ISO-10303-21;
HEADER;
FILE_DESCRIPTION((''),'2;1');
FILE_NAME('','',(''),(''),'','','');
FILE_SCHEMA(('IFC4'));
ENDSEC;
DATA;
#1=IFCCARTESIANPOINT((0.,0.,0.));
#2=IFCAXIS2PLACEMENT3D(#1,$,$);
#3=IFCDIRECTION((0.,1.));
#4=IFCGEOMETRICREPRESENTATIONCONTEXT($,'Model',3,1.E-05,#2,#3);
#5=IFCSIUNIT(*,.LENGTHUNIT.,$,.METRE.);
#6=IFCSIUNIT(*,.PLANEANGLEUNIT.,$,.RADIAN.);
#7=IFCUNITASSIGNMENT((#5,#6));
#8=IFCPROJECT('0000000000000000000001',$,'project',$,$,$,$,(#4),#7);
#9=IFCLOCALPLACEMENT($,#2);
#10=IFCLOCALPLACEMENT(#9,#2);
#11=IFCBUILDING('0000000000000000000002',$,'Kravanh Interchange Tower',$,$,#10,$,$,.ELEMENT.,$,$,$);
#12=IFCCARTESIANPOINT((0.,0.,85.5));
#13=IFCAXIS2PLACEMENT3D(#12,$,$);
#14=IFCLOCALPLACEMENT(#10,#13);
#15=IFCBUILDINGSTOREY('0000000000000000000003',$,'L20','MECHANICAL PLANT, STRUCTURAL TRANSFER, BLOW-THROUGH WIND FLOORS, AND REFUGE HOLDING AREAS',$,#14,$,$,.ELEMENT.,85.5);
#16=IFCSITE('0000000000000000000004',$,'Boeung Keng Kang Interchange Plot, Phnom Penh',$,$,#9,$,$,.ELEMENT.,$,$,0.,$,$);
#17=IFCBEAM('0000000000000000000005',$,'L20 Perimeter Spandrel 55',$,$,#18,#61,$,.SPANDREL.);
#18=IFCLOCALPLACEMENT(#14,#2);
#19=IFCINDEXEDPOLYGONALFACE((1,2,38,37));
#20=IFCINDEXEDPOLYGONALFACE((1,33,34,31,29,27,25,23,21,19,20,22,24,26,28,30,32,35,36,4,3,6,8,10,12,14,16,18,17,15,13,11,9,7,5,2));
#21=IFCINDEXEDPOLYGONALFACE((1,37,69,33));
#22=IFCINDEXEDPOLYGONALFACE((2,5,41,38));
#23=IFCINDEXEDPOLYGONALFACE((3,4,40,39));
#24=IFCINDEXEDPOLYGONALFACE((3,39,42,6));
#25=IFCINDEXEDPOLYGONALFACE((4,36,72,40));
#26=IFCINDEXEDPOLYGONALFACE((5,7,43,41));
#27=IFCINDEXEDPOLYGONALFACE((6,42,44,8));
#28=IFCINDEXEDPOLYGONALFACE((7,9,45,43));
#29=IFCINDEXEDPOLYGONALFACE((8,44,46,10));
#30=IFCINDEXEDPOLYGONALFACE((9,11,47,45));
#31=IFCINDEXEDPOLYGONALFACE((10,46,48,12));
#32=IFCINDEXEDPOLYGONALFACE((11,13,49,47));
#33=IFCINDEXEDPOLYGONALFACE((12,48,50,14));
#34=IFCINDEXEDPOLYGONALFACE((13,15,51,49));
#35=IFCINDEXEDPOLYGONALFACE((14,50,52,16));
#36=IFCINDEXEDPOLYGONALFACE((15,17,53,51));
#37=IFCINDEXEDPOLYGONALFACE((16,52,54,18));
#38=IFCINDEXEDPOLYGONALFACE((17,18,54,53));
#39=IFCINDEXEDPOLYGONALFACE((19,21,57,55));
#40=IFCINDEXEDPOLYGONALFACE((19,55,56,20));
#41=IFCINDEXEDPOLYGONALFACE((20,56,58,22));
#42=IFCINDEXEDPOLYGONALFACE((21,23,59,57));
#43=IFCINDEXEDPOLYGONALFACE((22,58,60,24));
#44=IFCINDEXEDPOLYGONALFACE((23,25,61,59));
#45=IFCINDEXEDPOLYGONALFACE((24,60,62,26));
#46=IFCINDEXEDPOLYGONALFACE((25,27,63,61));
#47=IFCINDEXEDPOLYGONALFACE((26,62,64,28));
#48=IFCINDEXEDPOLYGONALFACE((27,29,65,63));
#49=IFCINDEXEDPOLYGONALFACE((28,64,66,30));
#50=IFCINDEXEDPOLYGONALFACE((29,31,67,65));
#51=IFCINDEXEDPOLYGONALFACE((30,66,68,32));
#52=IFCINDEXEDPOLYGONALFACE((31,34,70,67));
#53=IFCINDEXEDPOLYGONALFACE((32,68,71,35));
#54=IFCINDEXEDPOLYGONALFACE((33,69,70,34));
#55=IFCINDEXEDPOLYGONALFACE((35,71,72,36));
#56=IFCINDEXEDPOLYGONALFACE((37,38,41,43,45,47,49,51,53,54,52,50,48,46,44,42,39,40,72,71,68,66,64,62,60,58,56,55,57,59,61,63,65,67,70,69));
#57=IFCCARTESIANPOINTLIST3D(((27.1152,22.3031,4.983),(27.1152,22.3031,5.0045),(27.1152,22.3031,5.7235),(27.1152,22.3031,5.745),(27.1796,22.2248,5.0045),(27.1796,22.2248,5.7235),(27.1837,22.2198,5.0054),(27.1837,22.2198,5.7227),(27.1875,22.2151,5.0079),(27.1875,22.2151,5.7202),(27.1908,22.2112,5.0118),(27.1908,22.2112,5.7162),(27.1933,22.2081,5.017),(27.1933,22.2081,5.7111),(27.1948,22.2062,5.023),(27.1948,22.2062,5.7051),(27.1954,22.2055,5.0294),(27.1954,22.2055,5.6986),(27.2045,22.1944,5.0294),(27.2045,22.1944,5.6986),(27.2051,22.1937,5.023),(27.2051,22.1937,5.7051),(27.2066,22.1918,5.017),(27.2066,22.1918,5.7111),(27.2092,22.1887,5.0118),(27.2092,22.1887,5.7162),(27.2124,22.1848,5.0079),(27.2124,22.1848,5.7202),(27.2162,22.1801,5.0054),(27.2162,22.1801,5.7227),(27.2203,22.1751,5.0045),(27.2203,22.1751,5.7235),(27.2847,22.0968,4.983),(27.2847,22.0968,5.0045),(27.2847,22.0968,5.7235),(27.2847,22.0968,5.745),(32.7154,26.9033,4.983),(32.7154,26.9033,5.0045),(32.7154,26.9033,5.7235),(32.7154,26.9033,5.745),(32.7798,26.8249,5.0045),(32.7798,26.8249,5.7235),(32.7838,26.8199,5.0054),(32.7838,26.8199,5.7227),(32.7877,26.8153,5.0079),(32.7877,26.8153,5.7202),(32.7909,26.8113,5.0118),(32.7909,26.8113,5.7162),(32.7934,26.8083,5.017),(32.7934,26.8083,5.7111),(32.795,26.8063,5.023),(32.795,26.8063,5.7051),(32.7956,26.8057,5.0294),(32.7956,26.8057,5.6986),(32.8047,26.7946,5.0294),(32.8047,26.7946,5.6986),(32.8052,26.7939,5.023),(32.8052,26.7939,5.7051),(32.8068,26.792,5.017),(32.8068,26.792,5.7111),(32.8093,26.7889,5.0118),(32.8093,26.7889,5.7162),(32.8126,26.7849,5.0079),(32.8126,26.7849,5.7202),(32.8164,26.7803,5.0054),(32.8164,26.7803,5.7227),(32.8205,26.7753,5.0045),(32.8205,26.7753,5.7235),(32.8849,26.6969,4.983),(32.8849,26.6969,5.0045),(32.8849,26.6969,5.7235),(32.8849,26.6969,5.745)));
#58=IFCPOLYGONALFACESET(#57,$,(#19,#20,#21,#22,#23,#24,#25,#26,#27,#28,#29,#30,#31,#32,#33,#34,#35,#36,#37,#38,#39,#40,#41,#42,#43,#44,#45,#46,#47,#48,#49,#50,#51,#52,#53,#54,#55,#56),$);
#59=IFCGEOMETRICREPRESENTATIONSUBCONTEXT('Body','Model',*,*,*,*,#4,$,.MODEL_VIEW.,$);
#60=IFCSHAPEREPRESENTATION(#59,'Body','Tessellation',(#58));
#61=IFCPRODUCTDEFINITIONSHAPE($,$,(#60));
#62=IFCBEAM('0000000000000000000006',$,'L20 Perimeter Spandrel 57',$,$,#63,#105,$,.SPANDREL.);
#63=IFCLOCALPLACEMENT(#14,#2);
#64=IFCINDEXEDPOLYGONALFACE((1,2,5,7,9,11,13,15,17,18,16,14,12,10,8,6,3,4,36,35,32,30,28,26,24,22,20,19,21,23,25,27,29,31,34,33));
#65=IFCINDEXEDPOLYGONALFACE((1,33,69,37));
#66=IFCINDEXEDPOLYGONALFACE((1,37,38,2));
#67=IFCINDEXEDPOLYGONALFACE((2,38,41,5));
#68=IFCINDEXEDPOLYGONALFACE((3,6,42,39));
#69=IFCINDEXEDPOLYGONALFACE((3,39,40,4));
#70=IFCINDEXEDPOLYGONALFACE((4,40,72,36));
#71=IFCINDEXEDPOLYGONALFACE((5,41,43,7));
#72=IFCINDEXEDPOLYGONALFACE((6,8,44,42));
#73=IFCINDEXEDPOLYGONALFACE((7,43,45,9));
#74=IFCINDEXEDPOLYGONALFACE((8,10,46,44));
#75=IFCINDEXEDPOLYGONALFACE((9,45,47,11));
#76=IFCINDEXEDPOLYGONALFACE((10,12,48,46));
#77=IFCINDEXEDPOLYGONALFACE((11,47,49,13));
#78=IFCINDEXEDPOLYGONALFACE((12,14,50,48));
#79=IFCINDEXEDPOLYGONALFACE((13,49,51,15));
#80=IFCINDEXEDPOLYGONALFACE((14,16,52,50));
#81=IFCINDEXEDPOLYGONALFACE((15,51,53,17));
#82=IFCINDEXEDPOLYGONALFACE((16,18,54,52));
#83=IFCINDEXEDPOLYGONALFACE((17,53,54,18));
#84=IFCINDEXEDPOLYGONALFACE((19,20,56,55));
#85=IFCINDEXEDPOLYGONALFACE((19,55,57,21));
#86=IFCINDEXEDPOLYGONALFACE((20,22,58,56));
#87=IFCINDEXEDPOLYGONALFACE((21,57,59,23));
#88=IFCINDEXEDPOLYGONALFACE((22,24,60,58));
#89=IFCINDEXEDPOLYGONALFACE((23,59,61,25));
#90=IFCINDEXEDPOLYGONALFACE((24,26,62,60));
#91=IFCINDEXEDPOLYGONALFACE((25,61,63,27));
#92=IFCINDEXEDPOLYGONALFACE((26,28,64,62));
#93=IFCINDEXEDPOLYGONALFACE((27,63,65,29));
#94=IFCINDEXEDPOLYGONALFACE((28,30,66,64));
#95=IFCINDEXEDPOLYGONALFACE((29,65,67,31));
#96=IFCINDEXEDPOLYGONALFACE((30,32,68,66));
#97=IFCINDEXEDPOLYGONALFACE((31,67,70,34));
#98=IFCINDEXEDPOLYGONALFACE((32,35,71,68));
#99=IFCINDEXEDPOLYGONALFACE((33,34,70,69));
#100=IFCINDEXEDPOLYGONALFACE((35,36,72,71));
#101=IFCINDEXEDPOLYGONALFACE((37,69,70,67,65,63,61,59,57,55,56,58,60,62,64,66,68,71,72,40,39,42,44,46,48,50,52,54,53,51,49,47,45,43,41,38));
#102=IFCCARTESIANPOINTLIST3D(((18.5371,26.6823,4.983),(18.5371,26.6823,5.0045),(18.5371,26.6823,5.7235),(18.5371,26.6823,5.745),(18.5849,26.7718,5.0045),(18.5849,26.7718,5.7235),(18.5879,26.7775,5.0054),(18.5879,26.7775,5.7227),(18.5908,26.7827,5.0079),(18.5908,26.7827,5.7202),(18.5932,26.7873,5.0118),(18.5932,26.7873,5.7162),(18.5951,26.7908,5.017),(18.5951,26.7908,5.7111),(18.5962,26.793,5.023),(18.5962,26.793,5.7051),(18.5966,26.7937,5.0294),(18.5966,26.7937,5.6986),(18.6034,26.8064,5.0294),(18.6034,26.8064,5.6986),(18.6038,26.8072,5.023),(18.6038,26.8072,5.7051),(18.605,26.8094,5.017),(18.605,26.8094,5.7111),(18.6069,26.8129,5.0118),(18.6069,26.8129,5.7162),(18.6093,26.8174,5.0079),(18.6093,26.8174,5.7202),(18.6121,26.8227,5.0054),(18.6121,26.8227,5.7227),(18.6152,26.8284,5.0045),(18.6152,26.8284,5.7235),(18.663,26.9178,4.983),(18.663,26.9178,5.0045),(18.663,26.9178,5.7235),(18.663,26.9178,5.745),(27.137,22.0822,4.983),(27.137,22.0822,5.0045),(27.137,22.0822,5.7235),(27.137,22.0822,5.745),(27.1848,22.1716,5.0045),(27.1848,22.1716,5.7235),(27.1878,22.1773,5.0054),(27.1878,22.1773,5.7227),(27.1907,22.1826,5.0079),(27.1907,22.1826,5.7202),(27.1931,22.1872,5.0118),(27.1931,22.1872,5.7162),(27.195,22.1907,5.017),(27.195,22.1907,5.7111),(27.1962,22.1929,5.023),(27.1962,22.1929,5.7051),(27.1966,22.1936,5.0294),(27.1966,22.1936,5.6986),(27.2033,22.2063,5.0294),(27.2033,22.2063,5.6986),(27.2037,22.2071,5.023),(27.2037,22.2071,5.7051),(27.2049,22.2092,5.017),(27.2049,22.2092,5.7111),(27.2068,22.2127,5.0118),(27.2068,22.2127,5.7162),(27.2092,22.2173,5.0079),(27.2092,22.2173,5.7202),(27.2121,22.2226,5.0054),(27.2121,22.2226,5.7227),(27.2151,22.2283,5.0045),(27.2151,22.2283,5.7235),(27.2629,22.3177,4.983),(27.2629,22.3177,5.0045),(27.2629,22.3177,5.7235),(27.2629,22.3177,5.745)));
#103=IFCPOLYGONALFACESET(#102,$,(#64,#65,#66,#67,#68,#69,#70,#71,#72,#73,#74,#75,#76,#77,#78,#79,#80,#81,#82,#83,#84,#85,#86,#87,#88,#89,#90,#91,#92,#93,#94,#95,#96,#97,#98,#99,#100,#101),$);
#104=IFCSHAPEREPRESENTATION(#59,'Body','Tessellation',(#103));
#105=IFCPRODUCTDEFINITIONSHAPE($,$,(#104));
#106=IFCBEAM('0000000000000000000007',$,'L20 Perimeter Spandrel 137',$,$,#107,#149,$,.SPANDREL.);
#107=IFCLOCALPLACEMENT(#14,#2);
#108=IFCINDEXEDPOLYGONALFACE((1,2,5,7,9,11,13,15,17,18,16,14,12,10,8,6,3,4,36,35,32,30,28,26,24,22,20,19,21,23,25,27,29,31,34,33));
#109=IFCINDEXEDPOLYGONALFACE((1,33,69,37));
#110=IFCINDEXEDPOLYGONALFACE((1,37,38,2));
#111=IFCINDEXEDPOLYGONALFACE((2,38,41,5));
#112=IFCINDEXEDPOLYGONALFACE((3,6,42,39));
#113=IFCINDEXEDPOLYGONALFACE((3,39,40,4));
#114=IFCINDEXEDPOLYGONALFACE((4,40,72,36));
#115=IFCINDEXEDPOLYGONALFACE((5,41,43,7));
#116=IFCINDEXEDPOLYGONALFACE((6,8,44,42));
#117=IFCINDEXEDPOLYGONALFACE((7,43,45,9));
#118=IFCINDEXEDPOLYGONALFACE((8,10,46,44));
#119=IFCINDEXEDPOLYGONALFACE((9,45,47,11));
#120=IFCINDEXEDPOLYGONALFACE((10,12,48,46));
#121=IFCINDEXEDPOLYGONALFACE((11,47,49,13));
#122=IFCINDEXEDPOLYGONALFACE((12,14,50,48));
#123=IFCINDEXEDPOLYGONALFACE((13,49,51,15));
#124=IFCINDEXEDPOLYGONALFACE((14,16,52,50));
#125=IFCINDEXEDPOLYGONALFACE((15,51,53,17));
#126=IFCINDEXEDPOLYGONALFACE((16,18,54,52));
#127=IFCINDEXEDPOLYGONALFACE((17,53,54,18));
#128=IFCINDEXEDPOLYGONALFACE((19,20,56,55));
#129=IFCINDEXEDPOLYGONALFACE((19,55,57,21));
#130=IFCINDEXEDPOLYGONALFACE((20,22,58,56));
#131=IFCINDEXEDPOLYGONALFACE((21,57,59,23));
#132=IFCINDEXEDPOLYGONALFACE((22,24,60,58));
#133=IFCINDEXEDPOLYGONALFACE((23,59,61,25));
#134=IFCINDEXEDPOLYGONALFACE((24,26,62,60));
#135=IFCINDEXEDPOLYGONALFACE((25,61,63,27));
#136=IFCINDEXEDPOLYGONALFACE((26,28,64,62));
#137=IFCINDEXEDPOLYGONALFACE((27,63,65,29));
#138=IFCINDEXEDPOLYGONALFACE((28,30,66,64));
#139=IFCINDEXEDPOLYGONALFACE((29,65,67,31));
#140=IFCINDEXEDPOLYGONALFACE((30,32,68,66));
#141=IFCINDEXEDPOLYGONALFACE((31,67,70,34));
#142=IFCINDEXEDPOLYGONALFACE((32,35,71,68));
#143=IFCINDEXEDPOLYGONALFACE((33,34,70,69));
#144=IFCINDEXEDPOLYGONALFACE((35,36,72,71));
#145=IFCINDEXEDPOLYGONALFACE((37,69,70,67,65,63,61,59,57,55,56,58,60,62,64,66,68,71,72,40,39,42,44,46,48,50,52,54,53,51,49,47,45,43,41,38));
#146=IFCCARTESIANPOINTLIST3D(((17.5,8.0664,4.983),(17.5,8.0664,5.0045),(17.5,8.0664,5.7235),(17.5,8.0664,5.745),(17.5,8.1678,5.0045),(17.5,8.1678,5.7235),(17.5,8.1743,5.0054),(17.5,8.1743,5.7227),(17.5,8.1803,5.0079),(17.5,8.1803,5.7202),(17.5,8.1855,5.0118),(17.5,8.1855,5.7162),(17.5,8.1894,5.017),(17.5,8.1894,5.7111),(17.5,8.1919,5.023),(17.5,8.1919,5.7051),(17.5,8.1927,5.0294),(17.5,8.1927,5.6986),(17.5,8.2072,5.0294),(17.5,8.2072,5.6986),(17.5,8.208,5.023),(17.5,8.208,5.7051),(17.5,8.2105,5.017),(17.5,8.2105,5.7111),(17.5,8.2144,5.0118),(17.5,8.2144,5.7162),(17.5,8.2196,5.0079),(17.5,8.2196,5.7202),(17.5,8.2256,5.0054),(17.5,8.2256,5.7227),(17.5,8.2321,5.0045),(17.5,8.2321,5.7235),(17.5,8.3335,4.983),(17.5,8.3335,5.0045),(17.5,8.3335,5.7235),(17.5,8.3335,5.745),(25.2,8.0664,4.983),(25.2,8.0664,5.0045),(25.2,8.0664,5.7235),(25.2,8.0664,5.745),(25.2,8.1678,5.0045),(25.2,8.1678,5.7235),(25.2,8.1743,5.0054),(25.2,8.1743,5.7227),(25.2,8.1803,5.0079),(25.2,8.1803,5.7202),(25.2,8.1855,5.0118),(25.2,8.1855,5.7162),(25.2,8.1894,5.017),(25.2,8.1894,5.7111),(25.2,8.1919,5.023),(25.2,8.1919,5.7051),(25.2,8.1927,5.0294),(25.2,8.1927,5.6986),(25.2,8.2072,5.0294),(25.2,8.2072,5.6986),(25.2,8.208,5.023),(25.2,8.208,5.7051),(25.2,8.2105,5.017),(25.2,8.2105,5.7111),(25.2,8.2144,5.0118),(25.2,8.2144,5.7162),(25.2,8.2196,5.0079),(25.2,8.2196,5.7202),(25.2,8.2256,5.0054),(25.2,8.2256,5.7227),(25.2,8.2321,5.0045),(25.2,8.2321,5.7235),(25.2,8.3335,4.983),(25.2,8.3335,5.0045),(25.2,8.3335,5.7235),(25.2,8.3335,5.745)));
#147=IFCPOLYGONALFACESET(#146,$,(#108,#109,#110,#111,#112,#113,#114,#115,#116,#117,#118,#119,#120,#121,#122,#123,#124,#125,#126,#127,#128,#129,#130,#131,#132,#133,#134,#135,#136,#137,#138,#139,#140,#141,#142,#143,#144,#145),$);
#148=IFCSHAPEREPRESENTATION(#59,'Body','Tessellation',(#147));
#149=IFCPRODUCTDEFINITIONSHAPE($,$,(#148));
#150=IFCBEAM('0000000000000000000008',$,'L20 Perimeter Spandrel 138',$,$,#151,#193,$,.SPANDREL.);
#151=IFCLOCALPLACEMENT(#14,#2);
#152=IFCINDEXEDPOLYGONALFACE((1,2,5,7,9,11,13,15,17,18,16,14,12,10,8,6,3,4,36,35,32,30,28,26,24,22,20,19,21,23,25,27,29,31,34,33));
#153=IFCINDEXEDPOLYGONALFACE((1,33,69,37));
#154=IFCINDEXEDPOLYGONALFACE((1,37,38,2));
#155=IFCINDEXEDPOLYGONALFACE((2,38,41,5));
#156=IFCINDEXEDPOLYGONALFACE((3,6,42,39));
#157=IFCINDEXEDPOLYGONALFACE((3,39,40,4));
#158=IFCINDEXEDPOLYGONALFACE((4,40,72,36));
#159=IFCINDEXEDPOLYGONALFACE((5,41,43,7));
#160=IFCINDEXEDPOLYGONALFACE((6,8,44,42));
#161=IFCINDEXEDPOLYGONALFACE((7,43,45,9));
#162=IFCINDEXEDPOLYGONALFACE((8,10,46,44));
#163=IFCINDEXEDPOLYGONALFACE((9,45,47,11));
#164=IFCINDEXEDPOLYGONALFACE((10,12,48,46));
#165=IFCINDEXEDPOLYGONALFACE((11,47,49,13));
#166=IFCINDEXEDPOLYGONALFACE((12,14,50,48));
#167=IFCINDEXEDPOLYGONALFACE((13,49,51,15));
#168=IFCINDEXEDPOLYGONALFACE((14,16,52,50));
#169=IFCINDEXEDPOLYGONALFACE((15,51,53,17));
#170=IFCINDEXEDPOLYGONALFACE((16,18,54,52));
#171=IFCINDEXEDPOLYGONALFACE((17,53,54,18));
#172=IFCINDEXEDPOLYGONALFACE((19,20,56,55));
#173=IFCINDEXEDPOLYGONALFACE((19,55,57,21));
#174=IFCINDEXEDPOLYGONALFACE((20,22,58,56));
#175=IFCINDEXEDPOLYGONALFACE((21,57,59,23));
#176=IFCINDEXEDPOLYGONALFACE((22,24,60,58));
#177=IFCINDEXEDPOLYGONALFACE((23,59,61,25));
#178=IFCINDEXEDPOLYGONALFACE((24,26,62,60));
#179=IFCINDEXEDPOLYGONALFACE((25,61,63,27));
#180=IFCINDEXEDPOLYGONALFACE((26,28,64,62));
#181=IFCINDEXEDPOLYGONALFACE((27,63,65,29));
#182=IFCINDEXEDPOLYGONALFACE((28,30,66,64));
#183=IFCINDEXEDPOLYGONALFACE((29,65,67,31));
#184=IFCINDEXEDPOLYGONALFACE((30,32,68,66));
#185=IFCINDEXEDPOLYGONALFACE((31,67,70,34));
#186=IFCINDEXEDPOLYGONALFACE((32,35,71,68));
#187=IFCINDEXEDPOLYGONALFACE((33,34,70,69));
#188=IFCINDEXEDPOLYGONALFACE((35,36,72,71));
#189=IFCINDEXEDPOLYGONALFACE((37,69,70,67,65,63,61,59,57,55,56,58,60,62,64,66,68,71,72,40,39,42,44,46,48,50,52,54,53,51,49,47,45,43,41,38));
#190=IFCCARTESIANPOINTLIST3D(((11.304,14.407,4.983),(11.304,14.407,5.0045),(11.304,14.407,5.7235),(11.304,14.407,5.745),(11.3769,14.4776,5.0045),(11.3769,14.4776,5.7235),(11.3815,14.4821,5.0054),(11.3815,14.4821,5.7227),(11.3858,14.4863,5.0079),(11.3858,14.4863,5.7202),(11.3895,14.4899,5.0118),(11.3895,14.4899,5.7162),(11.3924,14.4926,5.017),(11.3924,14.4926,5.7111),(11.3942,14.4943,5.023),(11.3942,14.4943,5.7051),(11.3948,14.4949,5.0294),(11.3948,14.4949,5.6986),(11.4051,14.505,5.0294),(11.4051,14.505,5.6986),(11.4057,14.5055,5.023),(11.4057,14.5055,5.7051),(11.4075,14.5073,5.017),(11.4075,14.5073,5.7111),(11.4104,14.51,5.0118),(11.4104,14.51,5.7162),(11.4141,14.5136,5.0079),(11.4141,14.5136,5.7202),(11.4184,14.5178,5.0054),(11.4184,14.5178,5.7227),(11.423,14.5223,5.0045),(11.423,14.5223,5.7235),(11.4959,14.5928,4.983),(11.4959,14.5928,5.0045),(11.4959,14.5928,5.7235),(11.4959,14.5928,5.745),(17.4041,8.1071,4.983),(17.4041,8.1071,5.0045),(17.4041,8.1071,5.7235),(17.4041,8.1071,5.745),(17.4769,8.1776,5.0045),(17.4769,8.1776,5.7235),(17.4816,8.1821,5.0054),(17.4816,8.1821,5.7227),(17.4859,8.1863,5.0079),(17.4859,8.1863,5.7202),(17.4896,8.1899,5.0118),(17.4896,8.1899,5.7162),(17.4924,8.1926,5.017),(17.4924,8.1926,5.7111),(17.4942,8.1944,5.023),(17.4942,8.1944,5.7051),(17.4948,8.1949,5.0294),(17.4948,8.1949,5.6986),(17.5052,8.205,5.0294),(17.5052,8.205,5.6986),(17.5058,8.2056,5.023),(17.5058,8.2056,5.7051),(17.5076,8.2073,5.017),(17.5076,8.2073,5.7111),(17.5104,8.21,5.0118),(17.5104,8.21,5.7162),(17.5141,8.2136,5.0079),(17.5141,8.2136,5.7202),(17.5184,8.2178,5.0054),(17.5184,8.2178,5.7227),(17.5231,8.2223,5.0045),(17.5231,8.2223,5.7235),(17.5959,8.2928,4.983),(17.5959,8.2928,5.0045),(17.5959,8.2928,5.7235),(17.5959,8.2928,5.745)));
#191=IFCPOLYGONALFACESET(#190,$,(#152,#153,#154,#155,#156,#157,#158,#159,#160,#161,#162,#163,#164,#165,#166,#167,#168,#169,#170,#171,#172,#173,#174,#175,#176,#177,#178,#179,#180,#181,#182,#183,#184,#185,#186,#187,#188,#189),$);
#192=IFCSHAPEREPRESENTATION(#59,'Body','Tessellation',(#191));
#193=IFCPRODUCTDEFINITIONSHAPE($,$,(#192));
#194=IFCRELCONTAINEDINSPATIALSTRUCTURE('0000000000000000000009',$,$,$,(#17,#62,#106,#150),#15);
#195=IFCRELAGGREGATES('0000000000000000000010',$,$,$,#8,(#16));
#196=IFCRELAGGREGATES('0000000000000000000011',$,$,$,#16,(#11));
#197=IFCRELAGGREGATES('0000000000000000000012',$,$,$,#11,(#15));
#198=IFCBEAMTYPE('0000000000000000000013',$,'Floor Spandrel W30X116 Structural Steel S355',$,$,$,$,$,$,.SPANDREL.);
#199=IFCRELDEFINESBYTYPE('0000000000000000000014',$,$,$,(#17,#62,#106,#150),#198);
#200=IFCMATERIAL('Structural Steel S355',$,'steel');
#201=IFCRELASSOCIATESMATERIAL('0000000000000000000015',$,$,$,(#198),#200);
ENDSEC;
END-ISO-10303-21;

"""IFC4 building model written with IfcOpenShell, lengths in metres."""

from ifc_helpers import new_model, si_unit, direction, frame, origin, origin_2d, place, context, subcontext, project, spatial, i_section, extrude, material, material_profile, profile_set, type_object, element, save


model = new_model("IFC4")

# Units and contexts
model_context = context("Model", 3, precision=1e-05, world=origin(), true_north=direction((0.0, 1.0)))
body_context = subcontext(model_context, "Body", "Model", "MODEL_VIEW")
ifc_project = project(units=[si_unit("LENGTHUNIT", "METRE"), si_unit("PLANEANGLEUNIT", "RADIAN")], contexts=[model_context])

# Site, building, storey
site_placement = place(None, origin())
site = spatial("IfcSite", under=ifc_project, at=site_placement, Name="Boeung Keng Kang Interchange Plot, Phnom Penh", CompositionType="ELEMENT", RefElevation=0.0)
building_placement = place(site_placement, origin())
building = spatial("IfcBuilding", under=site, at=building_placement, Name="Kravanh Interchange Tower", CompositionType="ELEMENT")
storey_placement = place(building_placement, frame((0.0, 0.0, 85.5)))
storey = spatial("IfcBuildingStorey", under=building, at=storey_placement, Name="L20", Description="MECHANICAL PLANT, STRUCTURAL TRANSFER, BLOW-THROUGH WIND FLOORS, AND REFUGE HOLDING AREAS", CompositionType="ELEMENT", Elevation=85.5)

# Beams
ifc_material_1 = material(Name="Structural Steel S355", Category="steel")
ifc_material_profile_1 = material_profile(ifc_material_1, i_section(OverallWidth=0.2671, OverallDepth=0.762, WebThickness=0.0144, FlangeThickness=0.0215, FilletRadius=0.0249, at=origin_2d()), Name="W30X116")
ifc_profile_set_1 = profile_set([ifc_material_profile_1], Name="Structural Steel S355")
beam_type_1 = type_object("IfcBeamType", Name="Floor Spandrel W30X116 Structural Steel S355", PredefinedType="SPANDREL", material=ifc_profile_set_1)
beam_1_placement = place(storey_placement, frame((27.2, 22.2, 5.364), z_axis=(0.772725, 0.634741, 0.0), x_axis=(-0.634741, 0.772725, 0.0)))
element("IfcBeam", 1, at=beam_1_placement, inside=storey, type_object=beam_type_1, Name="L20 Perimeter Spandrel 55", PredefinedType="SPANDREL", context=body_context, shape_type="SweptSolid", body=[
    extrude(i_section(OverallWidth=0.2671, OverallDepth=0.762, WebThickness=0.0144, FlangeThickness=0.0215, FilletRadius=0.0249, at=origin_2d()), origin(), (0.0, 0.0, 1.0), 7.2473),
])
beam_2_placement = place(storey_placement, frame((27.2, 22.2, 5.364), z_axis=(-0.881777, 0.471666, 0.0), x_axis=(-0.471666, -0.881777, 0.0)))
element("IfcBeam", 2, at=beam_2_placement, inside=storey, type_object=beam_type_1, Name="L20 Perimeter Spandrel 57", PredefinedType="SPANDREL", context=body_context, shape_type="SweptSolid", body=[
    extrude(i_section(OverallWidth=0.2671, OverallDepth=0.762, WebThickness=0.0144, FlangeThickness=0.0215, FilletRadius=0.0249, at=origin_2d()), origin(), (0.0, 0.0, 1.0), 9.7529),
])
beam_3_placement = place(storey_placement, frame((17.5, 8.2, 5.364), z_axis=(1.0, 0.0, 0.0), x_axis=(0.0, 1.0, 0.0)))
element("IfcBeam", 3, at=beam_3_placement, inside=storey, type_object=beam_type_1, Name="L20 Perimeter Spandrel 137", PredefinedType="SPANDREL", context=body_context, shape_type="SweptSolid", body=[
    extrude(i_section(OverallWidth=0.2671, OverallDepth=0.762, WebThickness=0.0144, FlangeThickness=0.0215, FilletRadius=0.0249, at=origin_2d()), origin(), (0.0, 0.0, 1.0), 7.7),
])
beam_4_placement = place(storey_placement, frame((17.5, 8.2, 5.364), z_axis=(-0.695614, 0.718415, 0.0), x_axis=(-0.718415, -0.695614, 0.0)))
element("IfcBeam", 4, at=beam_4_placement, inside=storey, type_object=beam_type_1, Name="L20 Perimeter Spandrel 138", PredefinedType="SPANDREL", context=body_context, shape_type="SweptSolid", body=[
    extrude(i_section(OverallWidth=0.2671, OverallDepth=0.762, WebThickness=0.0144, FlangeThickness=0.0215, FilletRadius=0.0249, at=origin_2d()), origin(), (0.0, 0.0, 1.0), 8.7693),
])

save(model, "model.ifc")
